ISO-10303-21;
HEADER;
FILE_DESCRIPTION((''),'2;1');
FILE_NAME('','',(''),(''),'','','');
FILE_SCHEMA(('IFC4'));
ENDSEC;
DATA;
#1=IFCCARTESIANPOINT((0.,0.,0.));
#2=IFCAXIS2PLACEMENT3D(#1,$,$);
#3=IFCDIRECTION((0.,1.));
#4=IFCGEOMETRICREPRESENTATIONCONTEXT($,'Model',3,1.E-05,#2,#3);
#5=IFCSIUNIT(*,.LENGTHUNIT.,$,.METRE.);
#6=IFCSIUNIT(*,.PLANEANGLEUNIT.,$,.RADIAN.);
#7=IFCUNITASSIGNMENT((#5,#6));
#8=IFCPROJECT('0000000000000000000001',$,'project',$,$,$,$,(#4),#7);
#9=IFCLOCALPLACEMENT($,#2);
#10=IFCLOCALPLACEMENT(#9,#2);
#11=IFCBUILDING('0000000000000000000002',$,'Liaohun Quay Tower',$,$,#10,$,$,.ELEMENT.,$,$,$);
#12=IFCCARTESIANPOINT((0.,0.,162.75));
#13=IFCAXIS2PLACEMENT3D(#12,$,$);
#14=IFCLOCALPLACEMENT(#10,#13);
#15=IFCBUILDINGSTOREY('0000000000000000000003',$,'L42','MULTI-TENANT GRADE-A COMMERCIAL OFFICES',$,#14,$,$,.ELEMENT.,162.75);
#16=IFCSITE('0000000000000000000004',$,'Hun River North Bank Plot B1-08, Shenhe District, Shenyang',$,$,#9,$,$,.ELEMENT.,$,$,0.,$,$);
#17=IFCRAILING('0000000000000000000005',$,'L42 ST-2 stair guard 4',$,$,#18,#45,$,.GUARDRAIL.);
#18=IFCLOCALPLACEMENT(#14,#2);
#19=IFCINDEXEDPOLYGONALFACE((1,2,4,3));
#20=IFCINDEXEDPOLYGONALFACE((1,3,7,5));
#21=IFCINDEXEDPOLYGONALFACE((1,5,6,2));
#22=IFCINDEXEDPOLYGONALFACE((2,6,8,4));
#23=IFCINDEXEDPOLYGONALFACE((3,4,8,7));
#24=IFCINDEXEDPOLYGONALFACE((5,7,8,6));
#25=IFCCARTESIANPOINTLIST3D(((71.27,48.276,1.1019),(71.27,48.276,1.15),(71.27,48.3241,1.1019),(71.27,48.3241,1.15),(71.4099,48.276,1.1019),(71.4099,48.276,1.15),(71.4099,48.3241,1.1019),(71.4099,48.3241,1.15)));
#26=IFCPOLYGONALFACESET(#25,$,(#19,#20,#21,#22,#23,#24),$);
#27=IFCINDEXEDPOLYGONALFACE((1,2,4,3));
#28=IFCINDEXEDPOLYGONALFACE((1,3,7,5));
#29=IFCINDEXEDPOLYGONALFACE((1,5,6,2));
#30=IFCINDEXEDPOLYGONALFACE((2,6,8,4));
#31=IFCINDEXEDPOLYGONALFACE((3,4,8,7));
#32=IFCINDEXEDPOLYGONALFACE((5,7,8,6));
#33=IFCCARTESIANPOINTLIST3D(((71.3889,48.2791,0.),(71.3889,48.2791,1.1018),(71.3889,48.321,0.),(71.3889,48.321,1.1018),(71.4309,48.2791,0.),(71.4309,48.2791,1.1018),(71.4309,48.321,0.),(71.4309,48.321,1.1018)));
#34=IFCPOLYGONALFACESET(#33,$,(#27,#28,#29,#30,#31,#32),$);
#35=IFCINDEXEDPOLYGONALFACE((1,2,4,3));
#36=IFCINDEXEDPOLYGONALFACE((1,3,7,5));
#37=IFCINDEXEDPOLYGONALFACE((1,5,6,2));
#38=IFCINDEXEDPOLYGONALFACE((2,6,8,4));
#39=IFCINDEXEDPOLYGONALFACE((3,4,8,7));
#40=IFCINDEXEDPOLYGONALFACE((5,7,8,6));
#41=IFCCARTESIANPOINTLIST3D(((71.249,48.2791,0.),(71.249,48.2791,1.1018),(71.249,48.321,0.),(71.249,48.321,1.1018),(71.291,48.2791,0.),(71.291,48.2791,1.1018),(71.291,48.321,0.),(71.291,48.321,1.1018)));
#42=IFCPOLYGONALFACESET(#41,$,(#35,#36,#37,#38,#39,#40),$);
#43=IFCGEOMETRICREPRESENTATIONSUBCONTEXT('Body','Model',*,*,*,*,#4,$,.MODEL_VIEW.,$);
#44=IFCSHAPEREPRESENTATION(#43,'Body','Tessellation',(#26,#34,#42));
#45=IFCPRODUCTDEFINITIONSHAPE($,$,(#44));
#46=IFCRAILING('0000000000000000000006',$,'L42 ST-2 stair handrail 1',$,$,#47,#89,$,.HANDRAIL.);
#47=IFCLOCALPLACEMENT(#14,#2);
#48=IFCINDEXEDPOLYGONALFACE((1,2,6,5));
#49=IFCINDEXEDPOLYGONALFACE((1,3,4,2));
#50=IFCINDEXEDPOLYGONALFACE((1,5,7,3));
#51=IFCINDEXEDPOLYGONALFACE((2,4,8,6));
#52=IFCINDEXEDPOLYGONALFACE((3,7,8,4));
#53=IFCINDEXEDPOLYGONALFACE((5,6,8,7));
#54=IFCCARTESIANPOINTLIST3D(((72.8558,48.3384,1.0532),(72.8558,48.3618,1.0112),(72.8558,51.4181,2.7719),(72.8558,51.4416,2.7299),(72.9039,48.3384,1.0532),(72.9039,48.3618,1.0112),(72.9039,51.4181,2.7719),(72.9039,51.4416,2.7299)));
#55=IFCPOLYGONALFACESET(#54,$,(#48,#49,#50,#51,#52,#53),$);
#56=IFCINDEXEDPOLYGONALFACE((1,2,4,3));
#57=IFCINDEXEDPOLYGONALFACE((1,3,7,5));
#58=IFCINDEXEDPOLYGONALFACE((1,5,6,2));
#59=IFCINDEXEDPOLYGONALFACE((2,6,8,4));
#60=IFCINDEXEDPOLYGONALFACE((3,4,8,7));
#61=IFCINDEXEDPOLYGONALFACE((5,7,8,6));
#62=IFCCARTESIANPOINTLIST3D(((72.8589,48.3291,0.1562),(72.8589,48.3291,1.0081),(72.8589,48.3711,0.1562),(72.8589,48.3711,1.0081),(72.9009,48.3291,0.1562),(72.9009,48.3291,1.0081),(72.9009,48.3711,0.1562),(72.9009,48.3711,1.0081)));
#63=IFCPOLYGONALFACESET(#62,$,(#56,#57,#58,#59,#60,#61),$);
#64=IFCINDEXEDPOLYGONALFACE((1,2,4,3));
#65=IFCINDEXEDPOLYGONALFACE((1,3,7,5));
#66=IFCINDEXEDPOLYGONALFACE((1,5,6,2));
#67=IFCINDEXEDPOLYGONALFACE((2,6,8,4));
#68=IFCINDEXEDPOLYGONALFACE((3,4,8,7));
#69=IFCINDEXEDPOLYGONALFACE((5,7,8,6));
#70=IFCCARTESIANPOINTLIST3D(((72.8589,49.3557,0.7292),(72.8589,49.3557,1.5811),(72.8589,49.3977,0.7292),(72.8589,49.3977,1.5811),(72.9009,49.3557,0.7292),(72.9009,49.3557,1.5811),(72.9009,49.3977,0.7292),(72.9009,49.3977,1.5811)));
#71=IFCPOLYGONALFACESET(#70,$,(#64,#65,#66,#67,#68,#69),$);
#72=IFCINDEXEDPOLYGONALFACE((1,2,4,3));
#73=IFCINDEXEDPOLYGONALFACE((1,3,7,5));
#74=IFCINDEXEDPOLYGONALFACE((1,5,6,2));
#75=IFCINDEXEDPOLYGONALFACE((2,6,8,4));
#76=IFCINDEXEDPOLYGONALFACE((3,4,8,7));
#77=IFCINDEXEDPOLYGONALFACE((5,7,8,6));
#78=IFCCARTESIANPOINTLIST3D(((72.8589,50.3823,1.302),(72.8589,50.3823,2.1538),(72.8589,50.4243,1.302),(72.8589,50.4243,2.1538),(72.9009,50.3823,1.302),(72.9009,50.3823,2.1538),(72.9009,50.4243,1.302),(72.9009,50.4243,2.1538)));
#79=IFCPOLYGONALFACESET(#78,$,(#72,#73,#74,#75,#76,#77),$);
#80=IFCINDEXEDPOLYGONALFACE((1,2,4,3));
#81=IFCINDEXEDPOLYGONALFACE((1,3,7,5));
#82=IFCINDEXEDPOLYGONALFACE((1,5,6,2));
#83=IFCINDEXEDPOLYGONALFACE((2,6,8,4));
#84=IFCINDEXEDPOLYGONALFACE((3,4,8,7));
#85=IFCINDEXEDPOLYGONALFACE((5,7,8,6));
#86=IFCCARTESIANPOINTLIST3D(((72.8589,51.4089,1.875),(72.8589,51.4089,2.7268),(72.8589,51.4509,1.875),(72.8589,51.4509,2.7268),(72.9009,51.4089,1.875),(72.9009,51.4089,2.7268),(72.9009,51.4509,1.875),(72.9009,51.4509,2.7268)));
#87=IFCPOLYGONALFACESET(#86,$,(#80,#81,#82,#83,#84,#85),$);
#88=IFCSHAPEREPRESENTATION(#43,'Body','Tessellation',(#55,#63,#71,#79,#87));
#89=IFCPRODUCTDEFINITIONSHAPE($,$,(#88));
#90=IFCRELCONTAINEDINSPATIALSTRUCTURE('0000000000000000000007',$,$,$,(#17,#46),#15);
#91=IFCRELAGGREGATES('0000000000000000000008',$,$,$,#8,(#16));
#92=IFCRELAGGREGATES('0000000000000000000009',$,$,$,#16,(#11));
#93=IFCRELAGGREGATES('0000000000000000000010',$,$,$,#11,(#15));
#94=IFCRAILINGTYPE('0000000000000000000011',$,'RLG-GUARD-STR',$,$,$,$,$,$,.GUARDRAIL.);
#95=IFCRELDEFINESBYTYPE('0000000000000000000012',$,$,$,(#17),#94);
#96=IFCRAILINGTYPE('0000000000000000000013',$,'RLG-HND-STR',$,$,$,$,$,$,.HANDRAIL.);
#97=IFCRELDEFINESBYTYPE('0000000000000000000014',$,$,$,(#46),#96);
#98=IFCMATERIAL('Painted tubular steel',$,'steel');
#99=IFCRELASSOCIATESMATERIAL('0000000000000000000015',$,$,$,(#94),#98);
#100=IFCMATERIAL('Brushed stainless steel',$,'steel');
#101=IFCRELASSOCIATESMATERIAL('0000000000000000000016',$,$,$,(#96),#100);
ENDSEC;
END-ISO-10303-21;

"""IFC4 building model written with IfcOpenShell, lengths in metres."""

from ifc_helpers import new_model, si_unit, direction, frame, origin, origin_2d, place, context, subcontext, project, spatial, rectangle, extrude, material, type_object, element, save


model = new_model("IFC4")

# Units and contexts
model_context = context("Model", 3, precision=1e-05, world=origin(), true_north=direction((0.0, 1.0)))
body_context = subcontext(model_context, "Body", "Model", "MODEL_VIEW")
ifc_project = project(units=[si_unit("LENGTHUNIT", "METRE"), si_unit("PLANEANGLEUNIT", "RADIAN")], contexts=[model_context])

# Site, building, storey
site_placement = place(None, origin())
site = spatial("IfcSite", under=ifc_project, at=site_placement, Name="Hun River North Bank Plot B1-08, Shenhe District, Shenyang", CompositionType="ELEMENT", RefElevation=0.0)
building_placement = place(site_placement, origin())
building = spatial("IfcBuilding", under=site, at=building_placement, Name="Liaohun Quay Tower", CompositionType="ELEMENT")
storey_placement = place(building_placement, frame((0.0, 0.0, 162.75)))
storey = spatial("IfcBuildingStorey", under=building, at=storey_placement, Name="L42", Description="MULTI-TENANT GRADE-A COMMERCIAL OFFICES", CompositionType="ELEMENT", Elevation=162.75)

# Railings
ifc_material_1 = material(Name="Painted tubular steel", Category="steel")
railing_type_1 = type_object("IfcRailingType", Name="RLG-GUARD-STR", PredefinedType="GUARDRAIL", material=ifc_material_1)
railing_1_placement = place(storey_placement, frame((71.4099, 48.3, 0.0)))
element("IfcRailing", 1, at=railing_1_placement, inside=storey, type_object=railing_type_1, Name="L42 ST-2 stair guard 4", PredefinedType="GUARDRAIL", context=body_context, shape_type="SweptSolid", body=[
    extrude(rectangle(XDim=0.0481, YDim=0.0481, at=origin_2d()), frame((0.0, 0.0, 1.126), z_axis=(-1.0, 0.0, 0.0), x_axis=(0.0, -1.0, 0.0)), (0.0, 0.0, 1.0), 0.1399),
    extrude(rectangle(XDim=0.042, YDim=0.042, at=origin_2d()), origin(), (0.0, 0.0, 1.0), 1.1018),
    extrude(rectangle(XDim=0.042, YDim=0.042, at=origin_2d()), frame((-0.1399, 0.0, 0.0)), (0.0, 0.0, 1.0), 1.1018),
])
ifc_material_2 = material(Name="Brushed stainless steel", Category="steel")
railing_type_2 = type_object("IfcRailingType", Name="RLG-HND-STR", PredefinedType="HANDRAIL", material=ifc_material_2)
railing_2_placement = place(storey_placement, frame((72.8799, 48.3501, 0.1562)))
element("IfcRailing", 2, at=railing_2_placement, inside=storey, type_object=railing_type_2, Name="L42 ST-2 stair handrail 1", PredefinedType="HANDRAIL", context=body_context, shape_type="SweptSolid", body=[
    extrude(rectangle(XDim=0.0481, YDim=0.0481, at=origin_2d()), frame((0.0, 0.0, 0.876), z_axis=(0.0, 0.873225, 0.487317), x_axis=(-1.0, 0.0, 0.0)), (0.0, 0.0, 1.0), 3.5269),
    extrude(rectangle(XDim=0.042, YDim=0.042, at=origin_2d()), origin(), (0.0, 0.0, 1.0), 0.8518),
    extrude(rectangle(XDim=0.042, YDim=0.042, at=origin_2d()), frame((0.0, 1.0266, 0.573)), (0.0, 0.0, 1.0), 0.8518),
    extrude(rectangle(XDim=0.042, YDim=0.042, at=origin_2d()), frame((0.0, 2.0532, 1.1458)), (0.0, 0.0, 1.0), 0.8518),
    extrude(rectangle(XDim=0.042, YDim=0.042, at=origin_2d()), frame((0.0, 3.0798, 1.7188)), (0.0, 0.0, 1.0), 0.8518),
])

save(model, "model.ifc")
